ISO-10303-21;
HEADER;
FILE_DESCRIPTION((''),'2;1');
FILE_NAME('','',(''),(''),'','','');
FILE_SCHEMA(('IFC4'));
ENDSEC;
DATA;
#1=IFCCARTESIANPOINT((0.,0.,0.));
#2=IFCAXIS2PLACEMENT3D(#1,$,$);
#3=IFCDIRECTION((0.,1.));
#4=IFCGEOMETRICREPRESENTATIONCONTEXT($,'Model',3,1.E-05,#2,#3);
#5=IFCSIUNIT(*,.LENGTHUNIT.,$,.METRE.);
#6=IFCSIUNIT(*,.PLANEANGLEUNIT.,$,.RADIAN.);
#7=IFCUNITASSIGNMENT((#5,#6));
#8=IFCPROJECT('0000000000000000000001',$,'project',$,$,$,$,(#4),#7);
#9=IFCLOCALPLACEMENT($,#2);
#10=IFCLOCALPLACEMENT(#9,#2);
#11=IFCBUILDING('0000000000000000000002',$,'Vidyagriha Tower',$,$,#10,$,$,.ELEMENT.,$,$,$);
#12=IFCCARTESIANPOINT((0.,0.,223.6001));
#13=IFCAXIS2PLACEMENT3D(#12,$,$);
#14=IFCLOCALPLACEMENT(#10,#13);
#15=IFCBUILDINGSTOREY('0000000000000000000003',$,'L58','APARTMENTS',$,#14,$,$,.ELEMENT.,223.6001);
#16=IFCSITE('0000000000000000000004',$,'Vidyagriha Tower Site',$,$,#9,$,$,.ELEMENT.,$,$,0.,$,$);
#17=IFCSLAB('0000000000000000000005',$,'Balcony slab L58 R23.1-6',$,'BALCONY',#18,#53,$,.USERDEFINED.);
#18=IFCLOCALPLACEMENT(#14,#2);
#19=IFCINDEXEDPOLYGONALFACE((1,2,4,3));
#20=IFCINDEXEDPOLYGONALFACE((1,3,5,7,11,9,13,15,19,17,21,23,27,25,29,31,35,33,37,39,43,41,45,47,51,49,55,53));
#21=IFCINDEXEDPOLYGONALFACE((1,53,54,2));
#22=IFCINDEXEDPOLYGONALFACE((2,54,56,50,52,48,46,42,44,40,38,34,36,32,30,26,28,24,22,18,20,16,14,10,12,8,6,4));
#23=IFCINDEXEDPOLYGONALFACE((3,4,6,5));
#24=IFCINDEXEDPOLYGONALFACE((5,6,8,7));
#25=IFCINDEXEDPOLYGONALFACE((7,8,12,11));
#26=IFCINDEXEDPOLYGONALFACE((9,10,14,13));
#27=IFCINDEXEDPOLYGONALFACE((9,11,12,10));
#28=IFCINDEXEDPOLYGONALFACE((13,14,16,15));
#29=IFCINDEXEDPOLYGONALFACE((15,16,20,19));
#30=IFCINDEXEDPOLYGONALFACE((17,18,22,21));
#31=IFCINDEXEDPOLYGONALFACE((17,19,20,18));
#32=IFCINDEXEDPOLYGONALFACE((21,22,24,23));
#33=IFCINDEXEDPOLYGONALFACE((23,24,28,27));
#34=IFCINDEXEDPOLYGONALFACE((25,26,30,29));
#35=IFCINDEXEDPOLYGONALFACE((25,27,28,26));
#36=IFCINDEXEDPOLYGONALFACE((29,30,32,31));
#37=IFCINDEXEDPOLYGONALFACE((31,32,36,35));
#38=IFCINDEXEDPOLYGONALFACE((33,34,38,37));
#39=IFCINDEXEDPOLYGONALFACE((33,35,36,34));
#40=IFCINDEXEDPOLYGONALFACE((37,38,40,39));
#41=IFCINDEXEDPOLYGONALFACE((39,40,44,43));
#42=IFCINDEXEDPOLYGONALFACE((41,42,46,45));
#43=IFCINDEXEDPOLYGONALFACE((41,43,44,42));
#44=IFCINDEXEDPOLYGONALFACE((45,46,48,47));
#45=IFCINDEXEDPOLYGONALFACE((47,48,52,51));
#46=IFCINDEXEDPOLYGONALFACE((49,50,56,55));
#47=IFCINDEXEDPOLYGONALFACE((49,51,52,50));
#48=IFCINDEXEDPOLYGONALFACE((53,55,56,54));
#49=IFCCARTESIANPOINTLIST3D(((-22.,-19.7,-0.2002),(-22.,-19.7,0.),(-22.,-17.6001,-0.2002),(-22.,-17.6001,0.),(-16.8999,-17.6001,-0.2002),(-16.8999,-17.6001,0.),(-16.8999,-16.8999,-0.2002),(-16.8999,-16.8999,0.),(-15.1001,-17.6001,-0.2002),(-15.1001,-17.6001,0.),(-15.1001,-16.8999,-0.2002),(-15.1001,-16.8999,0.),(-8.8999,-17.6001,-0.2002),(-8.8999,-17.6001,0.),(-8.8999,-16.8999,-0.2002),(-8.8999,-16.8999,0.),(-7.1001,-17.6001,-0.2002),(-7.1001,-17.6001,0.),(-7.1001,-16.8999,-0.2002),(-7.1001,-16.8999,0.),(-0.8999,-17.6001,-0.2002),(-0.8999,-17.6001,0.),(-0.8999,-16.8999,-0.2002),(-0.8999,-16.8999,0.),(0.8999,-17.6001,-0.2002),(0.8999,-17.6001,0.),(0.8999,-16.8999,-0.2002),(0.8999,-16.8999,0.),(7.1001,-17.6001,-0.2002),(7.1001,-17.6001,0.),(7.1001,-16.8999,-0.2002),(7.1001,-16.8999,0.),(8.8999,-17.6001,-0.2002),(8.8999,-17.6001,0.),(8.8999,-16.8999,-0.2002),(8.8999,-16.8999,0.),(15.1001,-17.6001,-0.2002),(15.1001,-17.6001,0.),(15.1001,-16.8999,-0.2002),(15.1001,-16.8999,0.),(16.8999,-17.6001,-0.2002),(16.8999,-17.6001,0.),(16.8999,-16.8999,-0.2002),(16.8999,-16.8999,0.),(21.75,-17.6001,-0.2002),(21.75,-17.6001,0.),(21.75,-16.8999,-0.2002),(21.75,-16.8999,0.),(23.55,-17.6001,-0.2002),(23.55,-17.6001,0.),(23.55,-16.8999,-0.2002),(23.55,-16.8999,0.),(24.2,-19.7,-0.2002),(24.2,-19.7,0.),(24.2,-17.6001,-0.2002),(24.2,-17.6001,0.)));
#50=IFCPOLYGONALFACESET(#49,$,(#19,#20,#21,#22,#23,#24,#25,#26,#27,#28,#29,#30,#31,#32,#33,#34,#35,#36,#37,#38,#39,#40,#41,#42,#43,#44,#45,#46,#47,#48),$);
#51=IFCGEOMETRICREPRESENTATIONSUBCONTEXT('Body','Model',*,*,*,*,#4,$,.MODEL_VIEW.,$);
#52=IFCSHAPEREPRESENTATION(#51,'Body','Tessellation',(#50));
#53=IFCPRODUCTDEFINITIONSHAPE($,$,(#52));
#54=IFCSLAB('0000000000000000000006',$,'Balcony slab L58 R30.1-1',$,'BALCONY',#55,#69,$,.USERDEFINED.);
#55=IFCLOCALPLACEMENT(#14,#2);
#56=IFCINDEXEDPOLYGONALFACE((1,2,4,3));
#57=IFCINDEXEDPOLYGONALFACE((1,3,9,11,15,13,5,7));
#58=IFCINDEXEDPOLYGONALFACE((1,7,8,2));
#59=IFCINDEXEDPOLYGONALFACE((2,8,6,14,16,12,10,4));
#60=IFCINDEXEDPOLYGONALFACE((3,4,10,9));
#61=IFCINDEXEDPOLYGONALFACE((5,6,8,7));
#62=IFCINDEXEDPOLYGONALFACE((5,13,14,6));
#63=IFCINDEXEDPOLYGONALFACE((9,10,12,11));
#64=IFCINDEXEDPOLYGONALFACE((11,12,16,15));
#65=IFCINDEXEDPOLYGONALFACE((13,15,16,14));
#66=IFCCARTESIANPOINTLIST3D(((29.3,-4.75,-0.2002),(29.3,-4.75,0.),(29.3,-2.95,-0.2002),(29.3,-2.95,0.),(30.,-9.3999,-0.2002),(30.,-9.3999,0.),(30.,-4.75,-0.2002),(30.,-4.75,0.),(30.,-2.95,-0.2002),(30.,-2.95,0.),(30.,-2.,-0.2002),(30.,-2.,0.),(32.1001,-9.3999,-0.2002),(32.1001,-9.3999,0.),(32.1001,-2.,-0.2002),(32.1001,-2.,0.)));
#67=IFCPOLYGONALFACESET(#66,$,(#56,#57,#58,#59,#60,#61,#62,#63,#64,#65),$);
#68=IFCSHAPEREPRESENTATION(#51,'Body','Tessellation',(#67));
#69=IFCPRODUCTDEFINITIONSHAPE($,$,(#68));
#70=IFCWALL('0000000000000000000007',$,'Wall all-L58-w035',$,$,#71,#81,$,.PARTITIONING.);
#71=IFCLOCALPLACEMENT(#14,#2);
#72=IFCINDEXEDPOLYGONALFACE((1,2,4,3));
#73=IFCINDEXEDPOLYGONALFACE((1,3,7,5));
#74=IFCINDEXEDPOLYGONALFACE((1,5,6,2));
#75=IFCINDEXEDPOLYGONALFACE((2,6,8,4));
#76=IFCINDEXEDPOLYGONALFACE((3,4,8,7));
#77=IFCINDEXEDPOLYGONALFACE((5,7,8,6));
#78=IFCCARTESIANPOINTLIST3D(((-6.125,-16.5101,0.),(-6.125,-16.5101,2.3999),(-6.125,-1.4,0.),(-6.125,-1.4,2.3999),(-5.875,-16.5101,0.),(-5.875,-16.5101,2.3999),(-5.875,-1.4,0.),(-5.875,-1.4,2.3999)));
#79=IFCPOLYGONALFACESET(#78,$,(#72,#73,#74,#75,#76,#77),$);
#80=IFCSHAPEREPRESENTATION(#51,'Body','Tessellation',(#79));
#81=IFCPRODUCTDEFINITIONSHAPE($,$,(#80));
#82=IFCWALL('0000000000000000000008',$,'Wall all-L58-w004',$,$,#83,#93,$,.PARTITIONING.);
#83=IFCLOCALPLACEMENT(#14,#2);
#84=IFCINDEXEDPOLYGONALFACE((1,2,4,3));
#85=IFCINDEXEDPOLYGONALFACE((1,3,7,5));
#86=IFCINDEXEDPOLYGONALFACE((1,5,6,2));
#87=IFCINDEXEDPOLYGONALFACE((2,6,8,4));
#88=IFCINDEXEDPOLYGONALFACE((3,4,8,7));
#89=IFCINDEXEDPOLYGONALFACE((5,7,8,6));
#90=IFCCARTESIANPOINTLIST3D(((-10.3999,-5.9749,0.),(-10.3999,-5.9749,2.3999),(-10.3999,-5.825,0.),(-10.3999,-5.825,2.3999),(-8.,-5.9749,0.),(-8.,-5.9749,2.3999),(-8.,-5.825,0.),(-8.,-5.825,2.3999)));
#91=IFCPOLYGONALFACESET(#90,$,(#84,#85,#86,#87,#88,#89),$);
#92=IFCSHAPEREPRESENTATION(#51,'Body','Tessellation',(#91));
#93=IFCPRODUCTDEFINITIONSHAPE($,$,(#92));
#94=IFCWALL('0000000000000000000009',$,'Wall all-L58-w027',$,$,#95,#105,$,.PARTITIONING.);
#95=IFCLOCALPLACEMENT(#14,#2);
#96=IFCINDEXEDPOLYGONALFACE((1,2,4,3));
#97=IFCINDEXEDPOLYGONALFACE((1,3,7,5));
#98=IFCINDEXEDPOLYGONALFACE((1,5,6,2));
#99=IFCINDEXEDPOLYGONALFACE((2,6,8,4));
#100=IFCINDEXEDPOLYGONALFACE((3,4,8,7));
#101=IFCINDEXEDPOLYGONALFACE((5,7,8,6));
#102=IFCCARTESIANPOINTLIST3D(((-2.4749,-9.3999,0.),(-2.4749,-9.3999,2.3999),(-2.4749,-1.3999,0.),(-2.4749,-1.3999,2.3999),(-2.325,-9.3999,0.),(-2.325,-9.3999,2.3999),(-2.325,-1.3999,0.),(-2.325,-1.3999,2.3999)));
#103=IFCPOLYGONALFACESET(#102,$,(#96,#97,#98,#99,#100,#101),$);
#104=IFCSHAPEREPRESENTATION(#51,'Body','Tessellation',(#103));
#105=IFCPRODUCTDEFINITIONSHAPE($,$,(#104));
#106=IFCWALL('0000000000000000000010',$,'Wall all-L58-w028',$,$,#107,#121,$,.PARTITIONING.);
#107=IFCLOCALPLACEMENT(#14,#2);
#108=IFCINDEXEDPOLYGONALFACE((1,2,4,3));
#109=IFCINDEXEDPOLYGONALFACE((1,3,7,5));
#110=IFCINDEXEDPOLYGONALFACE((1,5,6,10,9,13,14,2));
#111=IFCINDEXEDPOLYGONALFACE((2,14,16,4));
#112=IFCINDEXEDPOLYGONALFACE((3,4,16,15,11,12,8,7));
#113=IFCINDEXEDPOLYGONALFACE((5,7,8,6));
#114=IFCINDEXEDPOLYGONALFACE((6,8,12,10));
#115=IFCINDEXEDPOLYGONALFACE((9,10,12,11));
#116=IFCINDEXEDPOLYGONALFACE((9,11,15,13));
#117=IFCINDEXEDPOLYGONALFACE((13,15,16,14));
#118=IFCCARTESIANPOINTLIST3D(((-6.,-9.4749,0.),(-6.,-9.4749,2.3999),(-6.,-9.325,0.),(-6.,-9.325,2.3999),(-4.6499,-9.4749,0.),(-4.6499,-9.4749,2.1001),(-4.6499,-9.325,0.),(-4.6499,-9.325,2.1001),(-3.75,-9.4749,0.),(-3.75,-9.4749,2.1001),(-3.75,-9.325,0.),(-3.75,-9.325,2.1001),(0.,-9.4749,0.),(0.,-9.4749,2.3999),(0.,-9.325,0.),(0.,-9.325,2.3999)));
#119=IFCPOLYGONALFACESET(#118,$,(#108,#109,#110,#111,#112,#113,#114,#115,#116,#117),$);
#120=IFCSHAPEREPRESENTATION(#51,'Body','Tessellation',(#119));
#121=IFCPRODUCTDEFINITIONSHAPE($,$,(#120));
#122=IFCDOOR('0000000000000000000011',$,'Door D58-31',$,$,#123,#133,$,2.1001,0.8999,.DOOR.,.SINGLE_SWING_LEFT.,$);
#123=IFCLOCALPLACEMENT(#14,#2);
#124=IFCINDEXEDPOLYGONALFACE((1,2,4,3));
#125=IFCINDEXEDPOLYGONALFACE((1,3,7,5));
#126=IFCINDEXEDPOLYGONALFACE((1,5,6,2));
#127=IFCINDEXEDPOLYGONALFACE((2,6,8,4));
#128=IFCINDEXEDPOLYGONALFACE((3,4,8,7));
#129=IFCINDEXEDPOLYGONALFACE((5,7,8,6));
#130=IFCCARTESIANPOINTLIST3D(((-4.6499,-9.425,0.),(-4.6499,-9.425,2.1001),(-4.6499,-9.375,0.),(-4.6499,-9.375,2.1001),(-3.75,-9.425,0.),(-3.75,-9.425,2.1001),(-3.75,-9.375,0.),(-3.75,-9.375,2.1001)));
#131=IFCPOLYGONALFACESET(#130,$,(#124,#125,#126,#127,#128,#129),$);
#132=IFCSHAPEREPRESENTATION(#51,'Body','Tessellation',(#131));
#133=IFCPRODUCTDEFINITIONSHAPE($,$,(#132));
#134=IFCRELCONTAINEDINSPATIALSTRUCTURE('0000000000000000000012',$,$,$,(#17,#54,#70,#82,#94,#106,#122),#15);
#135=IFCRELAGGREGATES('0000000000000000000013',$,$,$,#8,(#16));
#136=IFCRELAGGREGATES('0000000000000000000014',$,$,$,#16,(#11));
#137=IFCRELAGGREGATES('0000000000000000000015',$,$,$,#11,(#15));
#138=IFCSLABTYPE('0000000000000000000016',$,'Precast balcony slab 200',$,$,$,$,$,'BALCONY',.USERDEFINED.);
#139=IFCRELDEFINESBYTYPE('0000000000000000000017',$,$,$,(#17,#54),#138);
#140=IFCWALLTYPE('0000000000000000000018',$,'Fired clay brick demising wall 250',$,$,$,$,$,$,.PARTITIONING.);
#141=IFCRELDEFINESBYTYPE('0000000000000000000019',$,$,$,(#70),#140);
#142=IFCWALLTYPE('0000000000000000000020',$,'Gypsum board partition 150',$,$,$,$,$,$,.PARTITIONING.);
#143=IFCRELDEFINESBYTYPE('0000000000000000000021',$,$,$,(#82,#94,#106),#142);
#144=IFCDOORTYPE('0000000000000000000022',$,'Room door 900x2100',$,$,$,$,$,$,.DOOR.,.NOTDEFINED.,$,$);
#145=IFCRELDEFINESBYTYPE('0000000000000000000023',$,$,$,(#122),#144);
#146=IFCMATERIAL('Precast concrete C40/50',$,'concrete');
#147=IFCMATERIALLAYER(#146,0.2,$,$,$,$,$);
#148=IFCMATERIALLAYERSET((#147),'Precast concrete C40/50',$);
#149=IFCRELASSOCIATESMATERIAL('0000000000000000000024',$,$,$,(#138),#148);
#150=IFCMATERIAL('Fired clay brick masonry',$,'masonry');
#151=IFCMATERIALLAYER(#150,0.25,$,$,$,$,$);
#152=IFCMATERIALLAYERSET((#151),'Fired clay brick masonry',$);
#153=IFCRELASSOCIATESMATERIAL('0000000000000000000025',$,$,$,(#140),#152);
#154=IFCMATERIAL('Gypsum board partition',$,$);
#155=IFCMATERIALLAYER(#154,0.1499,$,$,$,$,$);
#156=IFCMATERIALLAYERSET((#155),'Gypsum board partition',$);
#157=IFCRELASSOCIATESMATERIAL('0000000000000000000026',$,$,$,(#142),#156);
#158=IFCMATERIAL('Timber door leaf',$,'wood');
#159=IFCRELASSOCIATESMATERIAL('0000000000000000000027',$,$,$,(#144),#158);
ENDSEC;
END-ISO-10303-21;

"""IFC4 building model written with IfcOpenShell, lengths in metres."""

from ifc_helpers import new_model, si_unit, direction, frame, frame_2d, origin, place, context, subcontext, project, spatial, polyline, rectangle, outline, extrude, material, layer, layer_set, type_object, element, fill, save


model = new_model("IFC4")

# Units and contexts
model_context = context("Model", 3, precision=1e-05, world=origin(), true_north=direction((0.0, 1.0)))
body_context = subcontext(model_context, "Body", "Model", "MODEL_VIEW")
ifc_project = project(units=[si_unit("LENGTHUNIT", "METRE"), si_unit("PLANEANGLEUNIT", "RADIAN")], contexts=[model_context])

# Site, building, storey
site_placement = place(None, origin())
site = spatial("IfcSite", under=ifc_project, at=site_placement, Name="Vidyagriha Tower Site", CompositionType="ELEMENT", RefElevation=0.0)
building_placement = place(site_placement, origin())
building = spatial("IfcBuilding", under=site, at=building_placement, Name="Vidyagriha Tower", CompositionType="ELEMENT")
storey_placement = place(building_placement, frame((0.0, 0.0, 223.6001)))
storey = spatial("IfcBuildingStorey", under=building, at=storey_placement, Name="L58", Description="APARTMENTS", CompositionType="ELEMENT", Elevation=223.6001)

# Slabs
ifc_material_1 = material(Name="Precast concrete C40/50", Category="concrete")
ifc_layer_1 = layer(ifc_material_1, 0.2)
ifc_layer_set_1 = layer_set([ifc_layer_1], Name="Precast concrete C40/50")
slab_type_1 = type_object("IfcSlabType", Name="Precast balcony slab 200", ElementType="BALCONY", PredefinedType="USERDEFINED", material=ifc_layer_set_1)
slab_1_placement = place(storey_placement, frame((0.0, 0.0, -0.2002)))
element("IfcSlab", 1, at=slab_1_placement, inside=storey, type_object=slab_type_1, Name="Balcony slab L58 R23.1-6", ObjectType="BALCONY", PredefinedType="USERDEFINED", context=body_context, shape_type="SweptSolid", body=[
    extrude(outline(polyline([(-16.8999, -16.8999), (-16.8999, -17.6001), (-22.0, -17.6001), (-22.0, -19.7), (24.2, -19.7), (24.2, -17.6001), (23.55, -17.6001), (23.55, -16.8999), (21.75, -16.8999), (21.75, -17.6001), (16.8999, -17.6001), (16.8999, -16.8999), (15.1001, -16.8999), (15.1001, -17.6001), (8.8999, -17.6001), (8.8999, -16.8999), (7.1001, -16.8999), (7.1001, -17.6001), (0.8999, -17.6001), (0.8999, -16.8999), (-0.8999, -16.8999), (-0.8999, -17.6001), (-7.1001, -17.6001), (-7.1001, -16.8999), (-8.8999, -16.8999), (-8.8999, -17.6001), (-15.1001, -17.6001), (-15.1001, -16.8999), (-16.8999, -16.8999)])), origin(), (0.0, 0.0, 1.0), 0.2002),
])
slab_2_placement = place(storey_placement, frame((0.0, 0.0, -0.2002)))
element("IfcSlab", 2, at=slab_2_placement, inside=storey, type_object=slab_type_1, Name="Balcony slab L58 R30.1-1", ObjectType="BALCONY", PredefinedType="USERDEFINED", context=body_context, shape_type="SweptSolid", body=[
    extrude(outline(polyline([(30.0, -4.75), (30.0, -9.3999), (32.1001, -9.3999), (32.1001, -2.0), (30.0, -2.0), (30.0, -2.95), (29.3, -2.95), (29.3, -4.75), (30.0, -4.75)])), origin(), (0.0, 0.0, 1.0), 0.2002),
])

# Walls
ifc_material_2 = material(Name="Fired clay brick masonry", Category="masonry")
ifc_layer_2 = layer(ifc_material_2, 0.25)
ifc_layer_set_2 = layer_set([ifc_layer_2], Name="Fired clay brick masonry")
wall_type_1 = type_object("IfcWallType", Name="Fired clay brick demising wall 250", PredefinedType="PARTITIONING", material=ifc_layer_set_2)
wall_1_placement = place(storey_placement, frame((-6.0, -1.3999, 0.0), z_axis=(0.0, 0.0, 1.0), x_axis=(0.0, -1.0, 0.0)))
element("IfcWall", 3, at=wall_1_placement, inside=storey, type_object=wall_type_1, Name="Wall all-L58-w035", PredefinedType="PARTITIONING", context=body_context, shape_type="SweptSolid", body=[
    extrude(rectangle(XDim=15.1101, YDim=0.25, at=frame_2d((7.5552, 0.0))), origin(), (0.0, 0.0, 1.0), 2.3999),
])
ifc_material_3 = material(Name="Gypsum board partition")
ifc_layer_3 = layer(ifc_material_3, 0.1499)
ifc_layer_set_3 = layer_set([ifc_layer_3], Name="Gypsum board partition")
wall_type_2 = type_object("IfcWallType", Name="Gypsum board partition 150", PredefinedType="PARTITIONING", material=ifc_layer_set_3)
wall_2_placement = place(storey_placement, frame((-8.0, -5.8999, 0.0), z_axis=(0.0, 0.0, 1.0), x_axis=(-1.0, 0.0, 0.0)))
element("IfcWall", 4, at=wall_2_placement, inside=storey, type_object=wall_type_2, Name="Wall all-L58-w004", PredefinedType="PARTITIONING", context=body_context, shape_type="SweptSolid", body=[
    extrude(rectangle(XDim=2.3999, YDim=0.1499, at=frame_2d((1.2, 0.0))), origin(), (0.0, 0.0, 1.0), 2.3999),
])
wall_3_placement = place(storey_placement, frame((-2.3999, -9.3999, 0.0), z_axis=(0.0, 0.0, 1.0), x_axis=(0.0, 1.0, 0.0)))
element("IfcWall", 5, at=wall_3_placement, inside=storey, type_object=wall_type_2, Name="Wall all-L58-w027", PredefinedType="PARTITIONING", context=body_context, shape_type="SweptSolid", body=[
    extrude(rectangle(XDim=8.0, YDim=0.1499, at=frame_2d((4.0, 0.0))), origin(), (0.0, 0.0, 1.0), 2.3999),
])

# Wall, opening, door
wall_4_placement = place(storey_placement, frame((-6.0, -9.3999, 0.0)))
wall_4 = element("IfcWall", 6, at=wall_4_placement, inside=storey, type_object=wall_type_2, Name="Wall all-L58-w028", PredefinedType="PARTITIONING", context=body_context, shape_type="SweptSolid", body=[
    extrude(rectangle(XDim=6.0, YDim=0.1499, at=frame_2d((3.0, 0.0))), origin(), (0.0, 0.0, 1.0), 2.3999),
])
opening_1_placement = place(wall_4_placement, frame((1.3501, 0.0, 0.0)))
opening_1 = element("IfcOpeningElement", 7, at=opening_1_placement, cuts=wall_4, PredefinedType="OPENING", context=body_context, shape_type="SweptSolid", body=[
    extrude(rectangle(XDim=0.8999, YDim=2.1001, at=frame_2d((0.45, 1.05))), frame((0.0, 0.085, 0.0), z_axis=(0.0, -1.0, 0.0), x_axis=(1.0, 0.0, 0.0)), (0.0, 0.0, 1.0), 0.1699),
])
ifc_material_4 = material(Name="Timber door leaf", Category="wood")
door_type_1 = type_object("IfcDoorType", Name="Room door 900x2100", OperationType="NOTDEFINED", PredefinedType="DOOR", material=ifc_material_4)
door_1_placement = place(opening_1_placement, origin())
door_1 = element("IfcDoor", 8, at=door_1_placement, inside=storey, type_object=door_type_1, Name="Door D58-31", OperationType="SINGLE_SWING_LEFT", OverallHeight=2.1001, OverallWidth=0.8999, PredefinedType="DOOR", context=body_context, shape_type="SweptSolid", body=[
    extrude(rectangle(XDim=0.8999, YDim=2.1001, at=frame_2d((0.45, 1.05))), frame((0.0, 0.0249, 0.0), z_axis=(0.0, -1.0, 0.0), x_axis=(1.0, 0.0, 0.0)), (0.0, 0.0, 1.0), 0.05),
])
fill(opening_1, door_1)

save(model, "model.ifc")
